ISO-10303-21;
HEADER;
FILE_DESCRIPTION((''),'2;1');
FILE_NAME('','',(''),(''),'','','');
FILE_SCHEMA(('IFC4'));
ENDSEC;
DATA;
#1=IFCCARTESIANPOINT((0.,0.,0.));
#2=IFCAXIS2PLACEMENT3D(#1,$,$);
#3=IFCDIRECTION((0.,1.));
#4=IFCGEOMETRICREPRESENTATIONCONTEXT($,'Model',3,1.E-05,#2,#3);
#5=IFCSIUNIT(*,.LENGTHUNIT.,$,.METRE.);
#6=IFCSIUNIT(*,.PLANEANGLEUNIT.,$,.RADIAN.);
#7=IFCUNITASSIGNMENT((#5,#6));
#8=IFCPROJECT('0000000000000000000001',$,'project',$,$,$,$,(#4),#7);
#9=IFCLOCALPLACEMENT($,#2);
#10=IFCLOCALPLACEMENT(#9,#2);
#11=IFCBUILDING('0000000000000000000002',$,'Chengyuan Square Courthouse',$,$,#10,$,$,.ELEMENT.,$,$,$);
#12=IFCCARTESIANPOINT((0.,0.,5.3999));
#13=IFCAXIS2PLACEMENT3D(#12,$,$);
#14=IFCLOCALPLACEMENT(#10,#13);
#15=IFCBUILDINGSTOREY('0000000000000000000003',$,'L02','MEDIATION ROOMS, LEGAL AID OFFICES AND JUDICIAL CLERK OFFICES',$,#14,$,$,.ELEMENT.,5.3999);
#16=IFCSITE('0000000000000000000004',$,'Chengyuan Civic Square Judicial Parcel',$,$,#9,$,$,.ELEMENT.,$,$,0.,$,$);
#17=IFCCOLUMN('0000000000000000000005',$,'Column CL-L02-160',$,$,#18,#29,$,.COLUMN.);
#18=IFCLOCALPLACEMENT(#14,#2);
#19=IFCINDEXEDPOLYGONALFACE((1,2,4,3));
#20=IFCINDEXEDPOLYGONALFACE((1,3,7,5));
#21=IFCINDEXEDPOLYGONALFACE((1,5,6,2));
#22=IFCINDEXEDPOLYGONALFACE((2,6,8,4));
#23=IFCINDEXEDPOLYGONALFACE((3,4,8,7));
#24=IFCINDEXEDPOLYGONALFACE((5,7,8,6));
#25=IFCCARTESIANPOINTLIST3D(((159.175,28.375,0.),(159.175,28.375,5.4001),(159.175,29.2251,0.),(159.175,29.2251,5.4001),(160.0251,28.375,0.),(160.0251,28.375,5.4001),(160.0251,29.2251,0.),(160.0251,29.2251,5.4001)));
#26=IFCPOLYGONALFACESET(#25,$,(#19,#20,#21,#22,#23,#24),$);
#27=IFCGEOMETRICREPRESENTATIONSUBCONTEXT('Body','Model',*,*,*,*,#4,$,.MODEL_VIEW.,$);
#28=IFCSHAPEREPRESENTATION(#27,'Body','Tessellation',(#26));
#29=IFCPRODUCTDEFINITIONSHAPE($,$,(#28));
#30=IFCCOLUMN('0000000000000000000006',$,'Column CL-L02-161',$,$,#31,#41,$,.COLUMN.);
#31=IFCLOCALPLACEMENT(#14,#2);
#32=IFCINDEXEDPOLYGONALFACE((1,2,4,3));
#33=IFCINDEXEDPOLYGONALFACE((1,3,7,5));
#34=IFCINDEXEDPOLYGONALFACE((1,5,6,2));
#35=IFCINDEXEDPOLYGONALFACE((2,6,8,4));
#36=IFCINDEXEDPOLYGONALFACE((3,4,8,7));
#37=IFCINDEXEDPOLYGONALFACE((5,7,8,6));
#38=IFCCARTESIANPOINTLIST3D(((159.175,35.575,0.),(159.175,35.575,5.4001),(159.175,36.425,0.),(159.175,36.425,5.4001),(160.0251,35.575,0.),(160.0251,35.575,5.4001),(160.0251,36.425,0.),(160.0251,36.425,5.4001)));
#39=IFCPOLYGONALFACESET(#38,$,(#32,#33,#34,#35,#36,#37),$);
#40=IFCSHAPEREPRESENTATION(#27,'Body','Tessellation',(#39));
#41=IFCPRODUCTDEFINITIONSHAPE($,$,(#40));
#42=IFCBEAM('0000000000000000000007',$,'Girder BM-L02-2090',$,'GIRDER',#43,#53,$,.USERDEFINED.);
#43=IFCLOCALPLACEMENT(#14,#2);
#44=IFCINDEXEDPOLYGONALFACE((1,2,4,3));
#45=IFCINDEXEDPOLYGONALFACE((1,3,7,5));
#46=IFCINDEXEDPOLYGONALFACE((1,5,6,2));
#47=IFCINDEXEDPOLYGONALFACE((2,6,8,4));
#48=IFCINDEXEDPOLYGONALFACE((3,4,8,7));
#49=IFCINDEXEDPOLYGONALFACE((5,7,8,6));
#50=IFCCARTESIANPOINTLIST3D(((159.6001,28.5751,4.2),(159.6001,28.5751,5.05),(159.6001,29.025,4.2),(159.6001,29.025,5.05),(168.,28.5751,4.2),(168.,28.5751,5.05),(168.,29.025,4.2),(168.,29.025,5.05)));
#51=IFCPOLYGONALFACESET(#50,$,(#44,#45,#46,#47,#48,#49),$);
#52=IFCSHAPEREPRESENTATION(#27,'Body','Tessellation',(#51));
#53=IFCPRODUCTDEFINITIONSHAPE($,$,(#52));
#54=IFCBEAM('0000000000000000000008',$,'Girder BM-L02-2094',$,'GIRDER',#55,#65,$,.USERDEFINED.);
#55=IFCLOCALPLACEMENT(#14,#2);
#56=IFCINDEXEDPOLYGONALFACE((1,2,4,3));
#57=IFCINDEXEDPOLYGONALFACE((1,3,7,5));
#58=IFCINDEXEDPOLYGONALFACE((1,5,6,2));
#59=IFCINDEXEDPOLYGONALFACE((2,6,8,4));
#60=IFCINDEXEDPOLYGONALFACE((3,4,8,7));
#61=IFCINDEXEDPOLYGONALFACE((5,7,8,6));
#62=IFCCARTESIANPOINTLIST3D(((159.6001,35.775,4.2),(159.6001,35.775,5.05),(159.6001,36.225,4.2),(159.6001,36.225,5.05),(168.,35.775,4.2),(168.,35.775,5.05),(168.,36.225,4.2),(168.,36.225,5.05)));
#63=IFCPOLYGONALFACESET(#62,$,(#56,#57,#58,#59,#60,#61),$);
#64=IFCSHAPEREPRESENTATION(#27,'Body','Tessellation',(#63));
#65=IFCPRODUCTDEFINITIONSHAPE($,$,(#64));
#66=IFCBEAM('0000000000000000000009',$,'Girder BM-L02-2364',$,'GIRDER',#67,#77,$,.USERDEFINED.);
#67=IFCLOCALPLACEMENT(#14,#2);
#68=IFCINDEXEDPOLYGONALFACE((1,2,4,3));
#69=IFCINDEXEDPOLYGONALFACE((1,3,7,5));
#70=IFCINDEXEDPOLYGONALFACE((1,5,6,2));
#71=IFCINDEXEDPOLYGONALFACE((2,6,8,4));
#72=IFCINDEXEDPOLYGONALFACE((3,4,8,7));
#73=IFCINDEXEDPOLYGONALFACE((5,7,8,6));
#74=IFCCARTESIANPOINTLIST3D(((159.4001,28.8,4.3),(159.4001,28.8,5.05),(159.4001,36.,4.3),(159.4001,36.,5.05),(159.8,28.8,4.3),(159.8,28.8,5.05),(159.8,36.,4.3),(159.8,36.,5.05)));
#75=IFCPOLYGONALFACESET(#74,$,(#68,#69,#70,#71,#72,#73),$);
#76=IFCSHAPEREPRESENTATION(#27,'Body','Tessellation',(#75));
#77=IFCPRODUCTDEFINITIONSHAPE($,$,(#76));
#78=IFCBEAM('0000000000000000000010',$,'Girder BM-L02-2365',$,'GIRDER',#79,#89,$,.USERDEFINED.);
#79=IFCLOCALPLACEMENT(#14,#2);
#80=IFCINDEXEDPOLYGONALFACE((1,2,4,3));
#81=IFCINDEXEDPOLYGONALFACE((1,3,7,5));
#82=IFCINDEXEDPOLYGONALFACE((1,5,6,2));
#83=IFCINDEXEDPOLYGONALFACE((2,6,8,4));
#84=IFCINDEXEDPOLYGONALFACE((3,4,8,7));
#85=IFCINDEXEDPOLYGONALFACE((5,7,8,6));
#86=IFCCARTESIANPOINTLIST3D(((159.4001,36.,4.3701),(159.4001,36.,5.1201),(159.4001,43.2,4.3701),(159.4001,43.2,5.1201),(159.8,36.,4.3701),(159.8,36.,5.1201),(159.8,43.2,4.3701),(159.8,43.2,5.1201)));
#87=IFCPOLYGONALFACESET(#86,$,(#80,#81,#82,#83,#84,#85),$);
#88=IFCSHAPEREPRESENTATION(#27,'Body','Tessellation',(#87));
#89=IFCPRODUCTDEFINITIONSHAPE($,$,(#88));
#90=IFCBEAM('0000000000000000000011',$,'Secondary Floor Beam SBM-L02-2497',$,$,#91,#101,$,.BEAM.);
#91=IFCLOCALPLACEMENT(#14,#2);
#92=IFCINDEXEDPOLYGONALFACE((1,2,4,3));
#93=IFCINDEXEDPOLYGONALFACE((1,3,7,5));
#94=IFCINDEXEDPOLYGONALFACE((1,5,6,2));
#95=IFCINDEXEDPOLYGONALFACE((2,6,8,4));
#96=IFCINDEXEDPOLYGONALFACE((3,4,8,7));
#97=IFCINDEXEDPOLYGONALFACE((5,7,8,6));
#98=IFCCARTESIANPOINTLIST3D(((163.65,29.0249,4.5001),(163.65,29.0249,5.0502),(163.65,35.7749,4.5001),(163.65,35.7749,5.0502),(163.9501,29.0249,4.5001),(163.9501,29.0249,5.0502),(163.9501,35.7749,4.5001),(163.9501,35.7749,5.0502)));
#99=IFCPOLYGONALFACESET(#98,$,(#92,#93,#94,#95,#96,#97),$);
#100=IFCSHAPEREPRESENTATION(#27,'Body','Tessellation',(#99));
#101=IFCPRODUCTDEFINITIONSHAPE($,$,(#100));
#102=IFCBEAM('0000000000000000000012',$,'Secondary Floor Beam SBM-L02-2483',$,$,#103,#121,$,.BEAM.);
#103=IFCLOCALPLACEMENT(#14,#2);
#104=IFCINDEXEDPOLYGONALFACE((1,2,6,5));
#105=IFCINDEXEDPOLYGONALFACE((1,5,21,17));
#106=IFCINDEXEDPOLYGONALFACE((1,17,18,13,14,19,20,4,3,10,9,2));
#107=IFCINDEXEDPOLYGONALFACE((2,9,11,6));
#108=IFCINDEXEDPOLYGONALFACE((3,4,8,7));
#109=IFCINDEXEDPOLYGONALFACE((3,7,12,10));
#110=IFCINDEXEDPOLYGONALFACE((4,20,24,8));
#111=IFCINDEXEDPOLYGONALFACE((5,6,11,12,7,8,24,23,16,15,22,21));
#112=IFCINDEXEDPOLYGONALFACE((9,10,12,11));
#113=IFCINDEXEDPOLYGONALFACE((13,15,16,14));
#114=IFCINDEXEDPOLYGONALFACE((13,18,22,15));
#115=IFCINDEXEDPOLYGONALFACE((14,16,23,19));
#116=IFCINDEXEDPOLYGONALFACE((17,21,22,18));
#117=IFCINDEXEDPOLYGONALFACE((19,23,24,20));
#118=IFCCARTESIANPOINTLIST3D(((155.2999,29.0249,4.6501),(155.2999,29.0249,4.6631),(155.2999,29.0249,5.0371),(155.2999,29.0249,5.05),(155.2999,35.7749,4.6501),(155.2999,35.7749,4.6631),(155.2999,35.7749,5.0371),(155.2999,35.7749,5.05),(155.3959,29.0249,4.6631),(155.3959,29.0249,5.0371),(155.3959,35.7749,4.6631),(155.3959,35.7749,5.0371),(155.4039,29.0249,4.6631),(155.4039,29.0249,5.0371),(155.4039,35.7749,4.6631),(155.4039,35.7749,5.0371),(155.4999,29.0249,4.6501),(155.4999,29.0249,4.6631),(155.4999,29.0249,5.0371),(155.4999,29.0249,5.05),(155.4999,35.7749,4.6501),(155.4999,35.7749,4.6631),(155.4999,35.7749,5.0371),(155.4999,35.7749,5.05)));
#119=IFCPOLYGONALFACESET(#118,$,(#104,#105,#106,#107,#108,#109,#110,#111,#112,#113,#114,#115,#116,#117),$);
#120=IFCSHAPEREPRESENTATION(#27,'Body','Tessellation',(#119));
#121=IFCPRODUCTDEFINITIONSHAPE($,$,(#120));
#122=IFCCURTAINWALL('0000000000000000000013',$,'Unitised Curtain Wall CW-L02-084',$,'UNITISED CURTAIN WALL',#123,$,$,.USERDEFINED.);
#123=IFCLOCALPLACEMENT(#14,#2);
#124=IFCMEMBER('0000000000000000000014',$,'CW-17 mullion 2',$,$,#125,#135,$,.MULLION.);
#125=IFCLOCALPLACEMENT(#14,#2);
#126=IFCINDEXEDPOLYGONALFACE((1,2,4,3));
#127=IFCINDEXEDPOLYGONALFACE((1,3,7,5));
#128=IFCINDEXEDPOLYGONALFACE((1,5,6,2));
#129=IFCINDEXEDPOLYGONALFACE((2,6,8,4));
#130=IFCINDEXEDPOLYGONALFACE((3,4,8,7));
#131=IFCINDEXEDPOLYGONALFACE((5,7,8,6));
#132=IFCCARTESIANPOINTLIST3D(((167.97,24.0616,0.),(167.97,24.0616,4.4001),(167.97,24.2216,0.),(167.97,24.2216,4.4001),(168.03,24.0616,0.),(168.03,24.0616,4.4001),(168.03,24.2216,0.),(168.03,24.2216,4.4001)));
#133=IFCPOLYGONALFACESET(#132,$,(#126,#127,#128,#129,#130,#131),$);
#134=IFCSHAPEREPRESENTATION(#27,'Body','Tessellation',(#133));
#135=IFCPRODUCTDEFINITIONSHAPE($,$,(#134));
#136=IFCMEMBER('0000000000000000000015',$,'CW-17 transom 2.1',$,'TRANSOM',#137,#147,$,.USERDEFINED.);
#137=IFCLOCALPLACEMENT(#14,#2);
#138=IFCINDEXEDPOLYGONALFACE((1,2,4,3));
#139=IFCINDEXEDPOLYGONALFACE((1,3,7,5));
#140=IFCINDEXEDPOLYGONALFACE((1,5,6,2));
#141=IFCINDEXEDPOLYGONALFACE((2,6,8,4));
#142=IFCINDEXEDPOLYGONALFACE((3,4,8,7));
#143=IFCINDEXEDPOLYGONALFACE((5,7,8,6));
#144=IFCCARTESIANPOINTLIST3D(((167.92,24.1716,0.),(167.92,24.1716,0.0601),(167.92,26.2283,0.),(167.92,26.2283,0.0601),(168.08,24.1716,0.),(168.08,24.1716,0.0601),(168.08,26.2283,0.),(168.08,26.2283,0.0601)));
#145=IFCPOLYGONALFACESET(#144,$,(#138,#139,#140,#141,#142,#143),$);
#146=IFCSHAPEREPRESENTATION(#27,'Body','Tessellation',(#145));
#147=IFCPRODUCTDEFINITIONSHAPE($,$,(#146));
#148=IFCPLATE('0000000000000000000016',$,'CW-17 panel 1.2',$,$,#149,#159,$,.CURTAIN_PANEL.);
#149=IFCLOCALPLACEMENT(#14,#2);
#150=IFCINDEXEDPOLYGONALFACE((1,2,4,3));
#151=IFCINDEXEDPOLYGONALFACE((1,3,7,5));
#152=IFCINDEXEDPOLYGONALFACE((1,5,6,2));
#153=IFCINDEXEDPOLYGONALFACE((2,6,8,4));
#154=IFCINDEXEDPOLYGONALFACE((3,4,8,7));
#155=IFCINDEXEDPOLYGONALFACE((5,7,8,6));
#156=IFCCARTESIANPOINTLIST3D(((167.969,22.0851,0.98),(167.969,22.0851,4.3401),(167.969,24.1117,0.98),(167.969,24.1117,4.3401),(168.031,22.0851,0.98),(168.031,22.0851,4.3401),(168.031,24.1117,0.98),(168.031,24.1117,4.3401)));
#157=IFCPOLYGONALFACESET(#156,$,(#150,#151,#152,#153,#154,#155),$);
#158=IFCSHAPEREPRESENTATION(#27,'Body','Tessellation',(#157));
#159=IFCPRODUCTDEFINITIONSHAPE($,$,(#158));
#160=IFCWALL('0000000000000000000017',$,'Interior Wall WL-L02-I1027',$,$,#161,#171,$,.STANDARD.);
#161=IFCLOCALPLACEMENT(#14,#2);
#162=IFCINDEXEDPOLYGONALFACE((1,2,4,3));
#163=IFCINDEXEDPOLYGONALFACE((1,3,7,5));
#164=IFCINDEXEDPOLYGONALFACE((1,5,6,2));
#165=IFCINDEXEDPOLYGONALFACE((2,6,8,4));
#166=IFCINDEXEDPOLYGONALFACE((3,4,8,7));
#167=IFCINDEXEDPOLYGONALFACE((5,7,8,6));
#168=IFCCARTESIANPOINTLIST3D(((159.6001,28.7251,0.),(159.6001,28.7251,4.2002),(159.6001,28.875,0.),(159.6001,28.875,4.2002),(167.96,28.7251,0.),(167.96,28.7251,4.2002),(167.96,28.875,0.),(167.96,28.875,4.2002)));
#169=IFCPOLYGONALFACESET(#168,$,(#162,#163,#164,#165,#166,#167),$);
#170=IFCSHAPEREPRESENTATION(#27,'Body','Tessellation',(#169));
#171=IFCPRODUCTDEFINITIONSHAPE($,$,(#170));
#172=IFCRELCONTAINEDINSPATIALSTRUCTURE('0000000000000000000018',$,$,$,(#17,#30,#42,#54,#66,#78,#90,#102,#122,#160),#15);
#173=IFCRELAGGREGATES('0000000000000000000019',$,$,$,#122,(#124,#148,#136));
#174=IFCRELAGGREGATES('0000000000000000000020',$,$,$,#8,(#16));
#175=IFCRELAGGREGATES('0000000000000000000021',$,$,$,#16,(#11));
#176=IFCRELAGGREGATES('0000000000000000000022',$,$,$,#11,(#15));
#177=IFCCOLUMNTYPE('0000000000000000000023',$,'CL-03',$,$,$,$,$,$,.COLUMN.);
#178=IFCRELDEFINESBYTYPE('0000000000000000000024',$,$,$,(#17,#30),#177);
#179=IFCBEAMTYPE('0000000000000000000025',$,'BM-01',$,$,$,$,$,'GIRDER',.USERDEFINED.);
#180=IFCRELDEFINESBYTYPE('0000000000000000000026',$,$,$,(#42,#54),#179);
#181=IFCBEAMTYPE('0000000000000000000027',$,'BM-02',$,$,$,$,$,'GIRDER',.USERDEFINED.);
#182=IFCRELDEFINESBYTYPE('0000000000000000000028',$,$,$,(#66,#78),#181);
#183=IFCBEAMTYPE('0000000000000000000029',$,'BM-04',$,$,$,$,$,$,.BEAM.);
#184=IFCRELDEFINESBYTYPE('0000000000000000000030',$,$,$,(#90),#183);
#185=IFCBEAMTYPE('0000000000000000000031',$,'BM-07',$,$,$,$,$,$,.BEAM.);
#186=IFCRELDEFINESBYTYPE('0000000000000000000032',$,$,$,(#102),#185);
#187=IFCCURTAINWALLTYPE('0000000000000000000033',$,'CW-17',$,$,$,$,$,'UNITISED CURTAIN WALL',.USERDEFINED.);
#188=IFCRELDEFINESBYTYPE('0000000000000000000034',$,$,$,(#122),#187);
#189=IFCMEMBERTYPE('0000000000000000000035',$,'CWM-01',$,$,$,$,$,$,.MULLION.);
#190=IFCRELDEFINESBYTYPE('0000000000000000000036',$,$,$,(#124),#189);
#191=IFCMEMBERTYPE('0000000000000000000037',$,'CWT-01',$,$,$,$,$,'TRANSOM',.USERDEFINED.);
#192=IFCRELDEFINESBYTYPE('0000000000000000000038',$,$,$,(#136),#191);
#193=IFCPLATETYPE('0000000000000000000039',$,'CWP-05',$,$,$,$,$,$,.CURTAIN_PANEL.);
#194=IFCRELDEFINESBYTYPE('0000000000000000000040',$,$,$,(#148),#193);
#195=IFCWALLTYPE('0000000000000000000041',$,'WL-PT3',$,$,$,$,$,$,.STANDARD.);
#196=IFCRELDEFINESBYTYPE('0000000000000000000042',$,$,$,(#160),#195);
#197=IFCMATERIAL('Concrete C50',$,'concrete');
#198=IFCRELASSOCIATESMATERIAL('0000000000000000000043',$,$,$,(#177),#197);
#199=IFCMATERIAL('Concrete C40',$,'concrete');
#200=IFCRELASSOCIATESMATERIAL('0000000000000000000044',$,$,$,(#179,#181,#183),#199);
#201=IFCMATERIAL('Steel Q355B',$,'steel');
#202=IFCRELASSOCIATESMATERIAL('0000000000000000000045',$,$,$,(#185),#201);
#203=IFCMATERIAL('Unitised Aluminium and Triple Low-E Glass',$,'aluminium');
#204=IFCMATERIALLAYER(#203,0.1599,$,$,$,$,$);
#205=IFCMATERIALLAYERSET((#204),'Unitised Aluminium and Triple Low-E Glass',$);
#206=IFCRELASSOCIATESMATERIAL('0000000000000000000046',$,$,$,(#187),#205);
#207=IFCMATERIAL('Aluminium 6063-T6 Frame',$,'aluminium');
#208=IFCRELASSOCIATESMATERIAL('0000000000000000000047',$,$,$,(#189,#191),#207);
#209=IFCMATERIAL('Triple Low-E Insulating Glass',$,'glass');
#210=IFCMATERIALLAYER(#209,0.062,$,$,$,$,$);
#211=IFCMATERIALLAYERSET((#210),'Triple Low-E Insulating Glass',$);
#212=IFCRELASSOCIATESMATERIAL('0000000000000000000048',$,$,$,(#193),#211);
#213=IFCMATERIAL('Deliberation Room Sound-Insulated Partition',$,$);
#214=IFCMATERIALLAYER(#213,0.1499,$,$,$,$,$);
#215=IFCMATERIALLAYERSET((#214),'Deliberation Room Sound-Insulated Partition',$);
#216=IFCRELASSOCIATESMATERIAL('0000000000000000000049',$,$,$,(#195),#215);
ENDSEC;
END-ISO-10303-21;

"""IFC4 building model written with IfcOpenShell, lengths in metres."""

from ifc_helpers import new_model, si_unit, direction, frame, frame_2d, origin, origin_2d, place, context, subcontext, project, spatial, rectangle, i_section, extrude, material, layer, layer_set, material_profile, profile_set, type_object, element, aggregate, save


model = new_model("IFC4")

# Units and contexts
model_context = context("Model", 3, precision=1e-05, world=origin(), true_north=direction((0.0, 1.0)))
body_context = subcontext(model_context, "Body", "Model", "MODEL_VIEW")
ifc_project = project(units=[si_unit("LENGTHUNIT", "METRE"), si_unit("PLANEANGLEUNIT", "RADIAN")], contexts=[model_context])

# Site, building, storey
site_placement = place(None, origin())
site = spatial("IfcSite", under=ifc_project, at=site_placement, Name="Chengyuan Civic Square Judicial Parcel", CompositionType="ELEMENT", RefElevation=0.0)
building_placement = place(site_placement, origin())
building = spatial("IfcBuilding", under=site, at=building_placement, Name="Chengyuan Square Courthouse", CompositionType="ELEMENT")
storey_placement = place(building_placement, frame((0.0, 0.0, 5.3999)))
storey = spatial("IfcBuildingStorey", under=building, at=storey_placement, Name="L02", Description="MEDIATION ROOMS, LEGAL AID OFFICES AND JUDICIAL CLERK OFFICES", CompositionType="ELEMENT", Elevation=5.3999)

# Columns
ifc_material_1 = material(Name="Concrete C50", Category="concrete")
ifc_material_profile_1 = material_profile(ifc_material_1, rectangle(XDim=0.8501, YDim=0.8501, at=origin_2d()), Name="RC-COL-850x850")
ifc_profile_set_1 = profile_set([ifc_material_profile_1], Name="Concrete C50")
column_type = type_object("IfcColumnType", Name="CL-03", PredefinedType="COLUMN", material=ifc_profile_set_1)
for number, where, z_axis, x_axis, name in (
    (1, (159.6001, 28.8, 0.0), (0.0, 0.0, 1.0), (1.0, 0.0, 0.0), "Column CL-L02-160"),
    (2, (159.6001, 36.0, 0.0), (0.0, 0.0, 1.0), (1.0, 0.0, 0.0), "Column CL-L02-161"),
):
    element("IfcColumn", number, at=place(storey_placement, frame(where, z_axis=z_axis, x_axis=x_axis)), inside=storey, type_object=column_type, Name=name, PredefinedType="COLUMN", context=body_context, shape_type="SweptSolid", body=[
        extrude(rectangle(XDim=0.8501, YDim=0.8501, at=origin_2d()), origin(), (0.0, 0.0, 1.0), 5.4001),
    ])

# Beams
ifc_material_2 = material(Name="Concrete C40", Category="concrete")
ifc_material_profile_2 = material_profile(ifc_material_2, rectangle(XDim=0.45, YDim=0.8501, at=origin_2d()), Name="RC-BM-450x850")
ifc_profile_set_2 = profile_set([ifc_material_profile_2], Name="Concrete C40")
beam_type_1 = type_object("IfcBeamType", Name="BM-01", ElementType="GIRDER", PredefinedType="USERDEFINED", material=ifc_profile_set_2)
for number, where, z_axis, x_axis, name in (
    (3, (159.6001, 28.8, 4.625), (1.0, 0.0, 0.0), (0.0, 1.0, 0.0), "Girder BM-L02-2090"),
    (4, (159.6001, 36.0, 4.625), (1.0, 0.0, 0.0), (0.0, 1.0, 0.0), "Girder BM-L02-2094"),
):
    element("IfcBeam", number, at=place(storey_placement, frame(where, z_axis=z_axis, x_axis=x_axis)), inside=storey, type_object=beam_type_1, Name=name, ObjectType="GIRDER", PredefinedType="USERDEFINED", context=body_context, shape_type="SweptSolid", body=[
        extrude(rectangle(XDim=0.45, YDim=0.8501, at=origin_2d()), origin(), (0.0, 0.0, 1.0), 8.3999),
    ])
ifc_material_profile_3 = material_profile(ifc_material_2, rectangle(XDim=0.3999, YDim=0.75, at=origin_2d()), Name="RC-BM-400x750")
ifc_profile_set_3 = profile_set([ifc_material_profile_3], Name="Concrete C40")
beam_type_2 = type_object("IfcBeamType", Name="BM-02", ElementType="GIRDER", PredefinedType="USERDEFINED", material=ifc_profile_set_3)
for number, where, z_axis, x_axis, name in (
    (5, (159.6001, 28.8, 4.675), (0.0, 1.0, 0.0), (-1.0, 0.0, 0.0), "Girder BM-L02-2364"),
    (6, (159.6001, 36.0, 4.7451), (0.0, 1.0, 0.0), (-1.0, 0.0, 0.0), "Girder BM-L02-2365"),
):
    element("IfcBeam", number, at=place(storey_placement, frame(where, z_axis=z_axis, x_axis=x_axis)), inside=storey, type_object=beam_type_2, Name=name, ObjectType="GIRDER", PredefinedType="USERDEFINED", context=body_context, shape_type="SweptSolid", body=[
        extrude(rectangle(XDim=0.3999, YDim=0.75, at=origin_2d()), origin(), (0.0, 0.0, 1.0), 7.2),
    ])
ifc_material_profile_4 = material_profile(ifc_material_2, rectangle(XDim=0.3, YDim=0.55, at=origin_2d()), Name="RC-BM-300x550")
ifc_profile_set_4 = profile_set([ifc_material_profile_4], Name="Concrete C40")
beam_type_3 = type_object("IfcBeamType", Name="BM-04", PredefinedType="BEAM", material=ifc_profile_set_4)
beam_1_placement = place(storey_placement, frame((163.8, 29.0249, 4.7751), z_axis=(0.0, 1.0, 0.0), x_axis=(-1.0, 0.0, 0.0)))
element("IfcBeam", 7, at=beam_1_placement, inside=storey, type_object=beam_type_3, Name="Secondary Floor Beam SBM-L02-2497", PredefinedType="BEAM", context=body_context, shape_type="SweptSolid", body=[
    extrude(rectangle(XDim=0.3, YDim=0.55, at=origin_2d()), origin(), (0.0, 0.0, 1.0), 6.75),
])
ifc_material_3 = material(Name="Steel Q355B", Category="steel")
ifc_material_profile_5 = material_profile(ifc_material_3, i_section(OverallWidth=0.2, OverallDepth=0.3999, WebThickness=0.0081, FlangeThickness=0.0129, at=origin_2d()), Name="HN 400x200x8x13")
ifc_profile_set_5 = profile_set([ifc_material_profile_5], Name="Steel Q355B")
beam_type_4 = type_object("IfcBeamType", Name="BM-07", PredefinedType="BEAM", material=ifc_profile_set_5)
beam_2_placement = place(storey_placement, frame((155.3999, 29.0249, 4.8501), z_axis=(0.0, 1.0, 0.0), x_axis=(-1.0, 0.0, 0.0)))
element("IfcBeam", 8, at=beam_2_placement, inside=storey, type_object=beam_type_4, Name="Secondary Floor Beam SBM-L02-2483", PredefinedType="BEAM", context=body_context, shape_type="SweptSolid", body=[
    extrude(i_section(OverallWidth=0.2, OverallDepth=0.3999, WebThickness=0.0081, FlangeThickness=0.0129, at=origin_2d()), origin(), (0.0, 0.0, 1.0), 6.75),
])

# Curtain wall, members, plate
ifc_material_4 = material(Name="Unitised Aluminium and Triple Low-E Glass", Category="aluminium")
ifc_layer_1 = layer(ifc_material_4, 0.1599)
ifc_layer_set_1 = layer_set([ifc_layer_1], Name="Unitised Aluminium and Triple Low-E Glass")
curtain_wall_type = type_object("IfcCurtainWallType", Name="CW-17", ElementType="UNITISED CURTAIN WALL", PredefinedType="USERDEFINED", material=ifc_layer_set_1)
curtain_wall_placement = place(storey_placement, origin())
curtain_wall = element("IfcCurtainWall", 9, at=curtain_wall_placement, inside=storey, type_object=curtain_wall_type, Name="Unitised Curtain Wall CW-L02-084", ObjectType="UNITISED CURTAIN WALL", PredefinedType="USERDEFINED")
ifc_material_5 = material(Name="Aluminium 6063-T6 Frame", Category="aluminium")
ifc_material_profile_6 = material_profile(ifc_material_5, rectangle(XDim=0.0601, YDim=0.1599, at=origin_2d()), Name="CW-MUL-60x160")
ifc_profile_set_6 = profile_set([ifc_material_profile_6], Name="Aluminium 6063-T6 Frame")
member_type_1 = type_object("IfcMemberType", Name="CWM-01", PredefinedType="MULLION", material=ifc_profile_set_6)
member_1_placement = place(storey_placement, frame((168.0, 24.1416, 0.0), z_axis=(0.0, 0.0, 1.0), x_axis=(-1.0, 0.0, 0.0)))
member_1 = element("IfcMember", 10, at=member_1_placement, type_object=member_type_1, Name="CW-17 mullion 2", PredefinedType="MULLION", context=body_context, shape_type="SweptSolid", body=[
    extrude(rectangle(XDim=0.0601, YDim=0.1599, at=origin_2d()), origin(), (0.0, 0.0, 1.0), 4.4001),
])
ifc_material_profile_7 = material_profile(ifc_material_5, rectangle(XDim=0.1599, YDim=0.0601, at=origin_2d()), Name="CW-TRN-60x120")
ifc_profile_set_7 = profile_set([ifc_material_profile_7], Name="Aluminium 6063-T6 Frame")
member_type_2 = type_object("IfcMemberType", Name="CWT-01", ElementType="TRANSOM", PredefinedType="USERDEFINED", material=ifc_profile_set_7)
member_2_placement = place(storey_placement, frame((168.0, 24.1716, 0.03), z_axis=(0.0, 1.0, 0.0), x_axis=(-1.0, 0.0, 0.0)))
member_2 = element("IfcMember", 11, at=member_2_placement, type_object=member_type_2, Name="CW-17 transom 2.1", ObjectType="TRANSOM", PredefinedType="USERDEFINED", context=body_context, shape_type="SweptSolid", body=[
    extrude(rectangle(XDim=0.1599, YDim=0.0601, at=origin_2d()), origin(), (0.0, 0.0, 1.0), 2.0566),
])
ifc_material_6 = material(Name="Triple Low-E Insulating Glass", Category="glass")
ifc_layer_2 = layer(ifc_material_6, 0.062)
ifc_layer_set_2 = layer_set([ifc_layer_2], Name="Triple Low-E Insulating Glass")
plate_type = type_object("IfcPlateType", Name="CWP-05", PredefinedType="CURTAIN_PANEL", material=ifc_layer_set_2)
plate_placement = place(storey_placement, frame((168.0, 23.0984, 0.98), z_axis=(0.0, 0.0, 1.0), x_axis=(0.0, 1.0, 0.0)))
plate = element("IfcPlate", 12, at=plate_placement, type_object=plate_type, Name="CW-17 panel 1.2", PredefinedType="CURTAIN_PANEL", context=body_context, shape_type="SweptSolid", body=[
    extrude(rectangle(XDim=2.0266, YDim=0.062, at=origin_2d()), origin(), (0.0, 0.0, 1.0), 3.3601),
])
aggregate(curtain_wall, [member_1, plate, member_2])

# Wall
ifc_material_7 = material(Name="Deliberation Room Sound-Insulated Partition")
ifc_layer_3 = layer(ifc_material_7, 0.1499)
ifc_layer_set_3 = layer_set([ifc_layer_3], Name="Deliberation Room Sound-Insulated Partition")
wall_type_1 = type_object("IfcWallType", Name="WL-PT3", PredefinedType="STANDARD", material=ifc_layer_set_3)
wall_1_placement = place(storey_placement, frame((159.6001, 28.8, 0.0), z_axis=(0.0, 0.0, 1.0), x_axis=(1.0, 0.0, 0.0)))
element("IfcWall", 13, at=wall_1_placement, inside=storey, type_object=wall_type_1, Name="Interior Wall WL-L02-I1027", PredefinedType="STANDARD", context=body_context, shape_type="SweptSolid", body=[
    extrude(rectangle(XDim=8.3599, YDim=0.1499, at=frame_2d((4.1799, 0.0))), origin(), (0.0, 0.0, 1.0), 4.2002),
])

save(model, "model.ifc")
